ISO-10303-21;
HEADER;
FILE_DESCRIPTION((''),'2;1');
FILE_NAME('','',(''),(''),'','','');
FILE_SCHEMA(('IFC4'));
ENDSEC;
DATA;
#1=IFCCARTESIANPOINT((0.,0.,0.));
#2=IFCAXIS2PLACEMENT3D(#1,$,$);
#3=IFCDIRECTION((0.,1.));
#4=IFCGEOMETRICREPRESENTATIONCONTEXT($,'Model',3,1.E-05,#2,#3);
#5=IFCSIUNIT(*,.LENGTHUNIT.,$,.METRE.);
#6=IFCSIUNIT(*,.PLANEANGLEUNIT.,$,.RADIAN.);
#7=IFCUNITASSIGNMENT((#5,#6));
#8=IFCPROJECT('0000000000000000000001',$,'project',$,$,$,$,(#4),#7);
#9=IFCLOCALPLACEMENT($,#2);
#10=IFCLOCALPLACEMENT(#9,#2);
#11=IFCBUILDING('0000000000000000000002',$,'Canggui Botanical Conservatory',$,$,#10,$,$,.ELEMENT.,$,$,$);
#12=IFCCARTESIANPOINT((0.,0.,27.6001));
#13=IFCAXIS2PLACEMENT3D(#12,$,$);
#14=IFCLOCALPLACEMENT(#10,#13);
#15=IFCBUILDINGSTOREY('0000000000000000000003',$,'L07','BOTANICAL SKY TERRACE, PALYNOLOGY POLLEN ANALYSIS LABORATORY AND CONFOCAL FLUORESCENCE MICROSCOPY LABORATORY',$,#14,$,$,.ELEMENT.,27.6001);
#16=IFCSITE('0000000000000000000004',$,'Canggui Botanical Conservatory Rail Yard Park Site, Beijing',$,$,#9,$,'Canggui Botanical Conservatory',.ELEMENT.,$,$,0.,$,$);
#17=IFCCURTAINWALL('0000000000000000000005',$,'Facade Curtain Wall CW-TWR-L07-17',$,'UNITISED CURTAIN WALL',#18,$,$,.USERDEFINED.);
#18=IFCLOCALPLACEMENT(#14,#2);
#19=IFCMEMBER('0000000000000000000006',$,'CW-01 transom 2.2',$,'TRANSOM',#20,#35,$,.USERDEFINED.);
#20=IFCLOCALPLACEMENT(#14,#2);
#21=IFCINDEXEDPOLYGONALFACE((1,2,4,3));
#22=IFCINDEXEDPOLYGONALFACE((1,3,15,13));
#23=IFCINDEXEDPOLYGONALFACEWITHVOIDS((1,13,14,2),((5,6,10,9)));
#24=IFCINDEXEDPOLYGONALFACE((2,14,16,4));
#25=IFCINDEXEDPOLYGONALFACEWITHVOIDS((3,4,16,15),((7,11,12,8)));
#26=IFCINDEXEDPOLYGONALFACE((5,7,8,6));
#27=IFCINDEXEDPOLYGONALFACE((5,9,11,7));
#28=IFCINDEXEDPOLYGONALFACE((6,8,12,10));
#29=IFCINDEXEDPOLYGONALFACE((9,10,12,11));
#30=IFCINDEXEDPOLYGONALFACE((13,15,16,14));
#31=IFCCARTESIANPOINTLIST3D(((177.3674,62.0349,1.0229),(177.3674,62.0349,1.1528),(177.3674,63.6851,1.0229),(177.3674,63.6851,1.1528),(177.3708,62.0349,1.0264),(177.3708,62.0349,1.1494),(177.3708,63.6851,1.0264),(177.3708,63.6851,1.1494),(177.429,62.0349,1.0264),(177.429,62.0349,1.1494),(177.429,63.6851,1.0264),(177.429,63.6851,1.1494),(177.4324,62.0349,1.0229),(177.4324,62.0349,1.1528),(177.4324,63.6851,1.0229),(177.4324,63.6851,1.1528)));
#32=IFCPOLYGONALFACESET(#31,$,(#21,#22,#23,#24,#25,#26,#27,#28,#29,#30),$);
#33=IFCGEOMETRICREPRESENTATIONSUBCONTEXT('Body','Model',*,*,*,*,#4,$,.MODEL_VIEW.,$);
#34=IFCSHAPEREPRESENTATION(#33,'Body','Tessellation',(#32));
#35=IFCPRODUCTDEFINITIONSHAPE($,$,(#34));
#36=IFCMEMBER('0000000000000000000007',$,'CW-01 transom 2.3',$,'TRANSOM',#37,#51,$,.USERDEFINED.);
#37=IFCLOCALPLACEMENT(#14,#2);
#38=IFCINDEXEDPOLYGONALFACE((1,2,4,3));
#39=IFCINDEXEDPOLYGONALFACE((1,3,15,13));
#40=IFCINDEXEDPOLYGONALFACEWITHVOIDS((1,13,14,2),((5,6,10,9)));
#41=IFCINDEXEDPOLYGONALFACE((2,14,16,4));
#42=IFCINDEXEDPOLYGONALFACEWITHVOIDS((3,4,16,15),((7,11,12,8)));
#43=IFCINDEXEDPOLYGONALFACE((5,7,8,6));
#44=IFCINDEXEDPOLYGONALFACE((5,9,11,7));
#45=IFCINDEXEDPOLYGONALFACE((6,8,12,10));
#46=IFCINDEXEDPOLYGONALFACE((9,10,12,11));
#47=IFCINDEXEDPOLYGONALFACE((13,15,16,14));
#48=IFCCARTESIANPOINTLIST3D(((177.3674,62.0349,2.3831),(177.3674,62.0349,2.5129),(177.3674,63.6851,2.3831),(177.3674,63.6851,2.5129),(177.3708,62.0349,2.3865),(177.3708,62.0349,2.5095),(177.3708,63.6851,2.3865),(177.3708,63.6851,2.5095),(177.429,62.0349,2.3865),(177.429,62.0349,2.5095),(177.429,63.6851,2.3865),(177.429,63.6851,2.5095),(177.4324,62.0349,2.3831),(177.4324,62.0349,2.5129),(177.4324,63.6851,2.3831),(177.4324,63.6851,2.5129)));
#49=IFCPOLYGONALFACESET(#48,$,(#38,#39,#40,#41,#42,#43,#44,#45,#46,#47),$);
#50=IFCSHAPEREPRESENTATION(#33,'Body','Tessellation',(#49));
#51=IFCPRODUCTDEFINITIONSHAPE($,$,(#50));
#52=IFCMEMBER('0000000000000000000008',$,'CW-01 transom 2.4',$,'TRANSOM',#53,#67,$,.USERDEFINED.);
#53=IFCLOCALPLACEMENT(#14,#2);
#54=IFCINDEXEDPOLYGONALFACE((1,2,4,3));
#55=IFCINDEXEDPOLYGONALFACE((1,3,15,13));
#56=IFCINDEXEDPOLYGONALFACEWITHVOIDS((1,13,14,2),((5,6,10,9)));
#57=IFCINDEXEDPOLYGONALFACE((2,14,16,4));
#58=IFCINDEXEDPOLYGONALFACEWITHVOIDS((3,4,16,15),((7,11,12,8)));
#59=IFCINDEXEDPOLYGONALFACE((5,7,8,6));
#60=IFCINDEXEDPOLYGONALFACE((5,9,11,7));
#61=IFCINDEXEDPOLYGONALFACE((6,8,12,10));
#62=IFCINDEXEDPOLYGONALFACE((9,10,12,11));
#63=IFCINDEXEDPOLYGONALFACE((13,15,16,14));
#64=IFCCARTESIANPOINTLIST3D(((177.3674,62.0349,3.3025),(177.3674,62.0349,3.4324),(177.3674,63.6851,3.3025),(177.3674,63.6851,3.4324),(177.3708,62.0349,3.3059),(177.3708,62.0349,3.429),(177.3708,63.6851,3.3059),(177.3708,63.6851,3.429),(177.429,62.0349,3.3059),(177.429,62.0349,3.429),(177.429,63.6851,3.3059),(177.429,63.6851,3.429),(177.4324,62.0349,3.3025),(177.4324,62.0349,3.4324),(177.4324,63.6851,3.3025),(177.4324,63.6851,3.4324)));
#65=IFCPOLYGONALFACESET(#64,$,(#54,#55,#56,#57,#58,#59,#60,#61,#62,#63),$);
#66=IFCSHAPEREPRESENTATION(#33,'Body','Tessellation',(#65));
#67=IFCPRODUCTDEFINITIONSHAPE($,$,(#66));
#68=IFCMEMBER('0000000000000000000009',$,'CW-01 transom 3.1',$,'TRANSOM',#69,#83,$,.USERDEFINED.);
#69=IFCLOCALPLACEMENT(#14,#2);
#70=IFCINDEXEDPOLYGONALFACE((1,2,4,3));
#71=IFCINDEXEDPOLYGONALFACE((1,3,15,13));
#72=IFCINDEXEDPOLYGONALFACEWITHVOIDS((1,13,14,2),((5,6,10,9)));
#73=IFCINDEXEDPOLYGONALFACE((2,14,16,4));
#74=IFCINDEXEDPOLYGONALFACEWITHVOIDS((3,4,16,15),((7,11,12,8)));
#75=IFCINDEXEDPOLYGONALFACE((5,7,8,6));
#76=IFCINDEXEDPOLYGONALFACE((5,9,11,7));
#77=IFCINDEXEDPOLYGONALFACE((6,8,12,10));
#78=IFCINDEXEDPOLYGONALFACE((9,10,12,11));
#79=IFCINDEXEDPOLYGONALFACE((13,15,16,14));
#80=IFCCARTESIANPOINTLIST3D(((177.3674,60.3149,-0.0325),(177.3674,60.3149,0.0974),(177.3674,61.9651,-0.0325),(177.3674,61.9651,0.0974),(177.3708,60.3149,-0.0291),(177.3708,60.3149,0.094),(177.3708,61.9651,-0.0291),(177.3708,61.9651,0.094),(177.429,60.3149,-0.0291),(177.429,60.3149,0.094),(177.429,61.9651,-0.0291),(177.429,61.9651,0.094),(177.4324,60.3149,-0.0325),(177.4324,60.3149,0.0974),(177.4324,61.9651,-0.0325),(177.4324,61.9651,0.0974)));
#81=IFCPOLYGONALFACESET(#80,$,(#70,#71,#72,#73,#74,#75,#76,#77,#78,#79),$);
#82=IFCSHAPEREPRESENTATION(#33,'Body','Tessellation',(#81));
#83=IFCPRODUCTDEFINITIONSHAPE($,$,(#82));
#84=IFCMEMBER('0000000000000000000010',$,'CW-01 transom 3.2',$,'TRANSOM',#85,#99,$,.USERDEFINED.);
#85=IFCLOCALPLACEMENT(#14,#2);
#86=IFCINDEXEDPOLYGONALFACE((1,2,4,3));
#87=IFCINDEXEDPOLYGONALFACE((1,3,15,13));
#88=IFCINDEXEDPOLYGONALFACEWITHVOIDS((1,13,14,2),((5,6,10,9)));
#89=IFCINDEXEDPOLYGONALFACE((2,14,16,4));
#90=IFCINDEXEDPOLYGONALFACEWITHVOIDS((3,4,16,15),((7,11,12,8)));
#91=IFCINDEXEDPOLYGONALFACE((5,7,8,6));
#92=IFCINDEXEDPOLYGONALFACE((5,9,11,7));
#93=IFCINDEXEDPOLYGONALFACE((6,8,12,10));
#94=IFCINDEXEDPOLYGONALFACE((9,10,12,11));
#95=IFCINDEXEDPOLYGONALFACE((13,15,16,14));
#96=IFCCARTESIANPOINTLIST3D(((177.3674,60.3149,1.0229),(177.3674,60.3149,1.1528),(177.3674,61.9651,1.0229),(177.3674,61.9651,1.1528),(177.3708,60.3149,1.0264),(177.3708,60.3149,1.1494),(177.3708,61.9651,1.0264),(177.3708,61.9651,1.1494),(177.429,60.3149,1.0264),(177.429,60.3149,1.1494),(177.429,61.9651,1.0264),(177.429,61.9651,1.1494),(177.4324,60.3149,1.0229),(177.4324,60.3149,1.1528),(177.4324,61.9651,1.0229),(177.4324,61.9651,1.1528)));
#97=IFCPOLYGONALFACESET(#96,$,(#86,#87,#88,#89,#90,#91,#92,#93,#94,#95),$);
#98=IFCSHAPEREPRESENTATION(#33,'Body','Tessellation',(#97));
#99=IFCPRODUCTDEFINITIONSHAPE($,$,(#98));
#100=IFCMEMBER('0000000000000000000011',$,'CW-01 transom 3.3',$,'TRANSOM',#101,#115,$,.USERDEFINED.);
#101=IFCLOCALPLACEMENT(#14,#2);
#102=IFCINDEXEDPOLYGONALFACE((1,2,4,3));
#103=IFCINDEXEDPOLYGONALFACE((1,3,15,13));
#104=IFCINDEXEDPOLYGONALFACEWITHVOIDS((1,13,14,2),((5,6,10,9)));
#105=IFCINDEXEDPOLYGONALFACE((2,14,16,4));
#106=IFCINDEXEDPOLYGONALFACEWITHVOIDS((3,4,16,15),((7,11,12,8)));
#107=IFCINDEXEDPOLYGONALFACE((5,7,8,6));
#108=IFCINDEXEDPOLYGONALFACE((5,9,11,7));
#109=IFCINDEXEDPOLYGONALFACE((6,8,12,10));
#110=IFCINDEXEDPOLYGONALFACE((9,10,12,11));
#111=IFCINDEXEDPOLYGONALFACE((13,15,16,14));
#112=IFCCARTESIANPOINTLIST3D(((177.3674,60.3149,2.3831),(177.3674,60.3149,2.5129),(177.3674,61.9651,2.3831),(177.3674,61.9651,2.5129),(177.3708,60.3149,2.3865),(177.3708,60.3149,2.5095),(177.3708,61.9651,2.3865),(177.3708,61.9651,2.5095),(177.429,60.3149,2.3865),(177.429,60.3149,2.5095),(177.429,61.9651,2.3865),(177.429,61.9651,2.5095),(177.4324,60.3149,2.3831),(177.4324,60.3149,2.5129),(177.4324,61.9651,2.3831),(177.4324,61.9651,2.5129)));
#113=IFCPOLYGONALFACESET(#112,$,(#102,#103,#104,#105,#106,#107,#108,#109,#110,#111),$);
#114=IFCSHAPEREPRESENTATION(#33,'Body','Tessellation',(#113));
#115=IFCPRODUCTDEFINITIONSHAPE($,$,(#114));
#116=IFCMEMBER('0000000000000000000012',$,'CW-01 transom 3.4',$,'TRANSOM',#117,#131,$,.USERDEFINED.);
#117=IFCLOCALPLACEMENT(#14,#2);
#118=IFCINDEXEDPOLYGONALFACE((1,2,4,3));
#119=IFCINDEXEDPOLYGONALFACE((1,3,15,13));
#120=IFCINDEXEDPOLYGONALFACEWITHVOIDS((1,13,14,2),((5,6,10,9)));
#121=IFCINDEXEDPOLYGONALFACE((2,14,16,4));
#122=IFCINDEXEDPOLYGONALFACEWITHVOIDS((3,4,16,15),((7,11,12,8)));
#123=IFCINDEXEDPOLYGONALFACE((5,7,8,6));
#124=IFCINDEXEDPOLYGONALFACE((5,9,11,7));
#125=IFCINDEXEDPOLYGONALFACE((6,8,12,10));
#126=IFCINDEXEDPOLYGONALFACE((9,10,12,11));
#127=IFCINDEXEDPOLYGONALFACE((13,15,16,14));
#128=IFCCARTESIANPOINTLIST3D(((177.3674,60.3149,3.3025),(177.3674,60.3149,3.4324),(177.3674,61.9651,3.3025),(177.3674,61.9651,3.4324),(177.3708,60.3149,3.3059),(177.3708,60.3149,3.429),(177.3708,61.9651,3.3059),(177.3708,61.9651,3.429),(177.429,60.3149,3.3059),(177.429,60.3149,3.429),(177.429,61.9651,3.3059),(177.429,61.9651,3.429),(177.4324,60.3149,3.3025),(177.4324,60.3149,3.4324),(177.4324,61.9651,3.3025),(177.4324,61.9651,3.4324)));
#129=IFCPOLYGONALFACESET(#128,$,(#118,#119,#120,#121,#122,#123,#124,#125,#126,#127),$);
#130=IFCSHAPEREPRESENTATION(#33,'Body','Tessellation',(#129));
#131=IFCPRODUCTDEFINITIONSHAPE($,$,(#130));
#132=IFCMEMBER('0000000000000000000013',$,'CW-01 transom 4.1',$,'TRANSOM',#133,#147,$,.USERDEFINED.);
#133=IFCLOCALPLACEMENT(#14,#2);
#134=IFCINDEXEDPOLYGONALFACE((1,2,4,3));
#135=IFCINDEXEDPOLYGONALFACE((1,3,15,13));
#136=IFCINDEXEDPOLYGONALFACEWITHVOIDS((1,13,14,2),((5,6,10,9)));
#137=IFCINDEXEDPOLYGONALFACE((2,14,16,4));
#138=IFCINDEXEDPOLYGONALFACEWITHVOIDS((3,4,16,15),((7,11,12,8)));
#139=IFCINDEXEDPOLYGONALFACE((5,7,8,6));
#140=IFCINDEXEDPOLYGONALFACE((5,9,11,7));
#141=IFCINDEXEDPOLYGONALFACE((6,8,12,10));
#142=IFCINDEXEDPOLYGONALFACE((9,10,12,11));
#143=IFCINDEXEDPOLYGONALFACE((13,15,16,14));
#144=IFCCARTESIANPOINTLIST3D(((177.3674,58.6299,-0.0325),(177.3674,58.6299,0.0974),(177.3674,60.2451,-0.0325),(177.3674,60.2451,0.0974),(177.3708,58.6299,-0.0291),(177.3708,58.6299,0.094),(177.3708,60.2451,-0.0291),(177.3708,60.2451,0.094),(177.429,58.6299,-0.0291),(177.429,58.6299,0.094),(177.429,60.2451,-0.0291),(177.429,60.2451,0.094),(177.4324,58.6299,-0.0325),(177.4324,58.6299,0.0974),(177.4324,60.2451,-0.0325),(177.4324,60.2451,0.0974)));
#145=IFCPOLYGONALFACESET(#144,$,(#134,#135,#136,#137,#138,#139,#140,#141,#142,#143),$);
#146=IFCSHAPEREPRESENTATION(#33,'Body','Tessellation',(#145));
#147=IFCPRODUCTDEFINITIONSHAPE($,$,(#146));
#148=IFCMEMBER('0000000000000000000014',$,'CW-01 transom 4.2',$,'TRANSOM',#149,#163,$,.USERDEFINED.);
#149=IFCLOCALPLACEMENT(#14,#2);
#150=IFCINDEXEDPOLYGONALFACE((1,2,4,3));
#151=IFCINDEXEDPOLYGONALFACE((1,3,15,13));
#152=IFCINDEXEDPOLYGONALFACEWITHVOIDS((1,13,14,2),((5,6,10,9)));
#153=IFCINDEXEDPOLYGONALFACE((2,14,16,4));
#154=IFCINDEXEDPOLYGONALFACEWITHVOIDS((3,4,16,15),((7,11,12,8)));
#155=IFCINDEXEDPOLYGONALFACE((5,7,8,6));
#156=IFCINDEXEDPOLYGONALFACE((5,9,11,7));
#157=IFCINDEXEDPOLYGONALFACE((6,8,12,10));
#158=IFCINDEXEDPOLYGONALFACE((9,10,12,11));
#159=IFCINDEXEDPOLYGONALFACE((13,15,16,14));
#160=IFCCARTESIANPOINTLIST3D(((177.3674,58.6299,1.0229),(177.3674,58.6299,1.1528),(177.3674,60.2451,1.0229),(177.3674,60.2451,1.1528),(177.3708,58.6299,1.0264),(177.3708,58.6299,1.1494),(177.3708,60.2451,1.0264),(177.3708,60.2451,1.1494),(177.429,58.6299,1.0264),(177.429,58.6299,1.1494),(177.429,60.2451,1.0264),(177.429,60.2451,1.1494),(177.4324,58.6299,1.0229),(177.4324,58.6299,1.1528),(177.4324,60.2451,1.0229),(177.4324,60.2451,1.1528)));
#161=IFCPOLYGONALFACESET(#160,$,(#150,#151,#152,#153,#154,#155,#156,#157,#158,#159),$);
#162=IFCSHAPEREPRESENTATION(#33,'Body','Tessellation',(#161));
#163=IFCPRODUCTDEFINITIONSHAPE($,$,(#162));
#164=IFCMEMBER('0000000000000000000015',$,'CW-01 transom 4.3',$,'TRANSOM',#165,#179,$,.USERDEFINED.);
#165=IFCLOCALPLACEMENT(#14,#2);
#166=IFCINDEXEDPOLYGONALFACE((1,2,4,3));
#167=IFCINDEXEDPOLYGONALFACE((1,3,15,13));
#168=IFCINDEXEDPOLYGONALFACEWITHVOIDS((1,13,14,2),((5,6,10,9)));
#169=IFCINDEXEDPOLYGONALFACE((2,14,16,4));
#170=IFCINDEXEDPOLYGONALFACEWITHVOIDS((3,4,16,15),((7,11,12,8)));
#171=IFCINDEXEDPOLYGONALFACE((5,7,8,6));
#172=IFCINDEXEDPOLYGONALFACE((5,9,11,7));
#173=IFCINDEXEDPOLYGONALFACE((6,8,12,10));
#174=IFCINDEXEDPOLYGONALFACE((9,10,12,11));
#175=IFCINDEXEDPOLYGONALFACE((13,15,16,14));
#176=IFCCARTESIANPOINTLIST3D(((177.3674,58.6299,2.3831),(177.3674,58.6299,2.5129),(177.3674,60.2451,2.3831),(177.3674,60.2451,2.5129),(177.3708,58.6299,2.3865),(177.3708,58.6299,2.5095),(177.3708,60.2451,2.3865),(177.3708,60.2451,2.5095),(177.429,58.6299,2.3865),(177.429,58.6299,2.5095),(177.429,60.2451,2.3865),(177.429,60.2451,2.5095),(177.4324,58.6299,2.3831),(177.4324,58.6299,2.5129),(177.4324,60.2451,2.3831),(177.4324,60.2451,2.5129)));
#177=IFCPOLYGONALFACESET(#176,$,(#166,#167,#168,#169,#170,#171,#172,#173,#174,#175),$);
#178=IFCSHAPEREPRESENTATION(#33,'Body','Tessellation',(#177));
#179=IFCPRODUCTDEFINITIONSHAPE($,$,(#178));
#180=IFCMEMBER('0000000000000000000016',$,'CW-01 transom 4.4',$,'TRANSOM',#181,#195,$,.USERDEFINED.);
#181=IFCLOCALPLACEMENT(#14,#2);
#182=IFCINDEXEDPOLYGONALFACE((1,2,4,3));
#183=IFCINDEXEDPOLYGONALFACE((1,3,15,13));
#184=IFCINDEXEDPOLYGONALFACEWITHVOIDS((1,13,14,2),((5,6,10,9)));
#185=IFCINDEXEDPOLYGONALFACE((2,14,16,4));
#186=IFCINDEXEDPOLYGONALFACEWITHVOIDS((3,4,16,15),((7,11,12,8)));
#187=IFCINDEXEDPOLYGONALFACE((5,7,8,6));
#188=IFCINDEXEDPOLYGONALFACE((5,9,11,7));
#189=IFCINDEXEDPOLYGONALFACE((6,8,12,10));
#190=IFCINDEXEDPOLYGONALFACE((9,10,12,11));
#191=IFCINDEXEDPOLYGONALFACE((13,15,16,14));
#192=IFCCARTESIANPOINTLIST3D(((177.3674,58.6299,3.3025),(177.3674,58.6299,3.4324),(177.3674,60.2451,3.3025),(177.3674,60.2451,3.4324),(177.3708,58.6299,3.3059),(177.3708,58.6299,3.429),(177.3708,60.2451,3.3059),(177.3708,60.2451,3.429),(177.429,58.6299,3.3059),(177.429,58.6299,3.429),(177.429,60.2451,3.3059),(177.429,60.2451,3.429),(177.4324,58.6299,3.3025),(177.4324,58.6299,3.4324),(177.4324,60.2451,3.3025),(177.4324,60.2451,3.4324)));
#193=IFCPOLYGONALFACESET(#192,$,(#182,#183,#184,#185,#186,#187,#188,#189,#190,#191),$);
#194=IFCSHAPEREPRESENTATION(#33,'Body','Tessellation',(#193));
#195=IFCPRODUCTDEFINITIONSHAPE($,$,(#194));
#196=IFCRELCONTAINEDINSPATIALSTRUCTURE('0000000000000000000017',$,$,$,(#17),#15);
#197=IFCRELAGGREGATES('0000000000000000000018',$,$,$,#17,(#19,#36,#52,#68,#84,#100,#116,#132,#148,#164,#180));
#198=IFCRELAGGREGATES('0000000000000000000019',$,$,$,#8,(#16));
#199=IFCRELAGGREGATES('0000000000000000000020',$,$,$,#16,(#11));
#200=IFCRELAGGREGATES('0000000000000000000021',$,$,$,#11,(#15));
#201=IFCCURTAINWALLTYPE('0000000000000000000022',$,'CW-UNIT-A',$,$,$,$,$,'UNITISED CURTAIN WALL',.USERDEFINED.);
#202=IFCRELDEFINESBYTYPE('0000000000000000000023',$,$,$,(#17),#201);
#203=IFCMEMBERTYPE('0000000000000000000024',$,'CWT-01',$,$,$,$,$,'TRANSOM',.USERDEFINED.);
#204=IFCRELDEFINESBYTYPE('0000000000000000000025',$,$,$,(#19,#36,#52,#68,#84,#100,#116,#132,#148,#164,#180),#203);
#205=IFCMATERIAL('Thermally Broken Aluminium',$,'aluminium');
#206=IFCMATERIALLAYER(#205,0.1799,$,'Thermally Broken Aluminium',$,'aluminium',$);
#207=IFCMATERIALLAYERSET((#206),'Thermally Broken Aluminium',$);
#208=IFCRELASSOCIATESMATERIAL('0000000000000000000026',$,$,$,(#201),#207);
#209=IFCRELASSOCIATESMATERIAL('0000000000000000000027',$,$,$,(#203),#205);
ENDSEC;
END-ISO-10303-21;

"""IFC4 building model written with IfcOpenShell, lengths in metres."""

from ifc_helpers import new_model, si_unit, direction, frame, origin, origin_2d, place, context, subcontext, project, spatial, hollow_rectangle, extrude, material, layer, layer_set, material_profile, profile_set, type_object, element, aggregate, save


model = new_model("IFC4")

# Units and contexts
model_context = context("Model", 3, precision=1e-05, world=origin(), true_north=direction((0.0, 1.0)))
body_context = subcontext(model_context, "Body", "Model", "MODEL_VIEW")
ifc_project = project(units=[si_unit("LENGTHUNIT", "METRE"), si_unit("PLANEANGLEUNIT", "RADIAN")], contexts=[model_context])

# Site, building, storey
site_placement = place(None, origin())
site = spatial("IfcSite", under=ifc_project, at=site_placement, Name="Canggui Botanical Conservatory Rail Yard Park Site, Beijing", LongName="Canggui Botanical Conservatory", CompositionType="ELEMENT", RefElevation=0.0)
building_placement = place(site_placement, origin())
building = spatial("IfcBuilding", under=site, at=building_placement, Name="Canggui Botanical Conservatory", CompositionType="ELEMENT")
storey_placement = place(building_placement, frame((0.0, 0.0, 27.6001)))
storey = spatial("IfcBuildingStorey", under=building, at=storey_placement, Name="L07", Description="BOTANICAL SKY TERRACE, PALYNOLOGY POLLEN ANALYSIS LABORATORY AND CONFOCAL FLUORESCENCE MICROSCOPY LABORATORY", CompositionType="ELEMENT", Elevation=27.6001)

# Curtain wall, members
ifc_material_1 = material(Name="Thermally Broken Aluminium", Category="aluminium")
ifc_layer_1 = layer(ifc_material_1, 0.1799, Name="Thermally Broken Aluminium", Category="aluminium")
ifc_layer_set_1 = layer_set([ifc_layer_1], Name="Thermally Broken Aluminium")
curtain_wall_type = type_object("IfcCurtainWallType", Name="CW-UNIT-A", ElementType="UNITISED CURTAIN WALL", PredefinedType="USERDEFINED", material=ifc_layer_set_1)
curtain_wall_placement = place(storey_placement, origin())
curtain_wall = element("IfcCurtainWall", 1, at=curtain_wall_placement, inside=storey, type_object=curtain_wall_type, Name="Facade Curtain Wall CW-TWR-L07-17", ObjectType="UNITISED CURTAIN WALL", PredefinedType="USERDEFINED")
ifc_material_profile_1 = material_profile(ifc_material_1, hollow_rectangle(XDim=0.0649, YDim=0.1299, WallThickness=0.0034, at=origin_2d()), Name="CWT 65x130x3.5")
ifc_profile_set_1 = profile_set([ifc_material_profile_1], Name="Thermally Broken Aluminium")
member_type_1 = type_object("IfcMemberType", Name="CWT-01", ElementType="TRANSOM", PredefinedType="USERDEFINED", material=ifc_profile_set_1)
member_1_placement = place(storey_placement, frame((177.3999, 63.6851, 1.0879), z_axis=(0.0, -1.0, 0.0), x_axis=(1.0, 0.0, 0.0)))
member_1 = element("IfcMember", 2, at=member_1_placement, type_object=member_type_1, Name="CW-01 transom 2.2", ObjectType="TRANSOM", PredefinedType="USERDEFINED", context=body_context, shape_type="SweptSolid", body=[
    extrude(hollow_rectangle(XDim=0.0649, YDim=0.1299, WallThickness=0.0034, at=origin_2d()), origin(), (0.0, 0.0, 1.0), 1.6501),
])
member_2_placement = place(storey_placement, frame((177.3999, 63.6851, 2.448), z_axis=(0.0, -1.0, 0.0), x_axis=(1.0, 0.0, 0.0)))
member_2 = element("IfcMember", 3, at=member_2_placement, type_object=member_type_1, Name="CW-01 transom 2.3", ObjectType="TRANSOM", PredefinedType="USERDEFINED", context=body_context, shape_type="SweptSolid", body=[
    extrude(hollow_rectangle(XDim=0.0649, YDim=0.1299, WallThickness=0.0034, at=origin_2d()), origin(), (0.0, 0.0, 1.0), 1.6501),
])
member_3_placement = place(storey_placement, frame((177.3999, 63.6851, 3.3674), z_axis=(0.0, -1.0, 0.0), x_axis=(1.0, 0.0, 0.0)))
member_3 = element("IfcMember", 4, at=member_3_placement, type_object=member_type_1, Name="CW-01 transom 2.4", ObjectType="TRANSOM", PredefinedType="USERDEFINED", context=body_context, shape_type="SweptSolid", body=[
    extrude(hollow_rectangle(XDim=0.0649, YDim=0.1299, WallThickness=0.0034, at=origin_2d()), origin(), (0.0, 0.0, 1.0), 1.6501),
])
member_4_placement = place(storey_placement, frame((177.3999, 61.9651, 0.0325), z_axis=(0.0, -1.0, 0.0), x_axis=(1.0, 0.0, 0.0)))
member_4 = element("IfcMember", 5, at=member_4_placement, type_object=member_type_1, Name="CW-01 transom 3.1", ObjectType="TRANSOM", PredefinedType="USERDEFINED", context=body_context, shape_type="SweptSolid", body=[
    extrude(hollow_rectangle(XDim=0.0649, YDim=0.1299, WallThickness=0.0034, at=origin_2d()), origin(), (0.0, 0.0, 1.0), 1.6501),
])
member_5_placement = place(storey_placement, frame((177.3999, 61.9651, 1.0879), z_axis=(0.0, -1.0, 0.0), x_axis=(1.0, 0.0, 0.0)))
member_5 = element("IfcMember", 6, at=member_5_placement, type_object=member_type_1, Name="CW-01 transom 3.2", ObjectType="TRANSOM", PredefinedType="USERDEFINED", context=body_context, shape_type="SweptSolid", body=[
    extrude(hollow_rectangle(XDim=0.0649, YDim=0.1299, WallThickness=0.0034, at=origin_2d()), origin(), (0.0, 0.0, 1.0), 1.6501),
])
member_6_placement = place(storey_placement, frame((177.3999, 61.9651, 2.448), z_axis=(0.0, -1.0, 0.0), x_axis=(1.0, 0.0, 0.0)))
member_6 = element("IfcMember", 7, at=member_6_placement, type_object=member_type_1, Name="CW-01 transom 3.3", ObjectType="TRANSOM", PredefinedType="USERDEFINED", context=body_context, shape_type="SweptSolid", body=[
    extrude(hollow_rectangle(XDim=0.0649, YDim=0.1299, WallThickness=0.0034, at=origin_2d()), origin(), (0.0, 0.0, 1.0), 1.6501),
])
member_7_placement = place(storey_placement, frame((177.3999, 61.9651, 3.3674), z_axis=(0.0, -1.0, 0.0), x_axis=(1.0, 0.0, 0.0)))
member_7 = element("IfcMember", 8, at=member_7_placement, type_object=member_type_1, Name="CW-01 transom 3.4", ObjectType="TRANSOM", PredefinedType="USERDEFINED", context=body_context, shape_type="SweptSolid", body=[
    extrude(hollow_rectangle(XDim=0.0649, YDim=0.1299, WallThickness=0.0034, at=origin_2d()), origin(), (0.0, 0.0, 1.0), 1.6501),
])
member_8_placement = place(storey_placement, frame((177.3999, 60.2451, 0.0325), z_axis=(0.0, -1.0, 0.0), x_axis=(1.0, 0.0, 0.0)))
member_8 = element("IfcMember", 9, at=member_8_placement, type_object=member_type_1, Name="CW-01 transom 4.1", ObjectType="TRANSOM", PredefinedType="USERDEFINED", context=body_context, shape_type="SweptSolid", body=[
    extrude(hollow_rectangle(XDim=0.0649, YDim=0.1299, WallThickness=0.0034, at=origin_2d()), origin(), (0.0, 0.0, 1.0), 1.6152),
])
member_9_placement = place(storey_placement, frame((177.3999, 60.2451, 1.0879), z_axis=(0.0, -1.0, 0.0), x_axis=(1.0, 0.0, 0.0)))
member_9 = element("IfcMember", 10, at=member_9_placement, type_object=member_type_1, Name="CW-01 transom 4.2", ObjectType="TRANSOM", PredefinedType="USERDEFINED", context=body_context, shape_type="SweptSolid", body=[
    extrude(hollow_rectangle(XDim=0.0649, YDim=0.1299, WallThickness=0.0034, at=origin_2d()), origin(), (0.0, 0.0, 1.0), 1.6152),
])
member_10_placement = place(storey_placement, frame((177.3999, 60.2451, 2.448), z_axis=(0.0, -1.0, 0.0), x_axis=(1.0, 0.0, 0.0)))
member_10 = element("IfcMember", 11, at=member_10_placement, type_object=member_type_1, Name="CW-01 transom 4.3", ObjectType="TRANSOM", PredefinedType="USERDEFINED", context=body_context, shape_type="SweptSolid", body=[
    extrude(hollow_rectangle(XDim=0.0649, YDim=0.1299, WallThickness=0.0034, at=origin_2d()), origin(), (0.0, 0.0, 1.0), 1.6152),
])
member_11_placement = place(storey_placement, frame((177.3999, 60.2451, 3.3674), z_axis=(0.0, -1.0, 0.0), x_axis=(1.0, 0.0, 0.0)))
member_11 = element("IfcMember", 12, at=member_11_placement, type_object=member_type_1, Name="CW-01 transom 4.4", ObjectType="TRANSOM", PredefinedType="USERDEFINED", context=body_context, shape_type="SweptSolid", body=[
    extrude(hollow_rectangle(XDim=0.0649, YDim=0.1299, WallThickness=0.0034, at=origin_2d()), origin(), (0.0, 0.0, 1.0), 1.6152),
])
aggregate(curtain_wall, [member_1, member_2, member_3, member_4, member_5, member_6, member_7, member_8, member_9, member_10, member_11])

save(model, "model.ifc")
